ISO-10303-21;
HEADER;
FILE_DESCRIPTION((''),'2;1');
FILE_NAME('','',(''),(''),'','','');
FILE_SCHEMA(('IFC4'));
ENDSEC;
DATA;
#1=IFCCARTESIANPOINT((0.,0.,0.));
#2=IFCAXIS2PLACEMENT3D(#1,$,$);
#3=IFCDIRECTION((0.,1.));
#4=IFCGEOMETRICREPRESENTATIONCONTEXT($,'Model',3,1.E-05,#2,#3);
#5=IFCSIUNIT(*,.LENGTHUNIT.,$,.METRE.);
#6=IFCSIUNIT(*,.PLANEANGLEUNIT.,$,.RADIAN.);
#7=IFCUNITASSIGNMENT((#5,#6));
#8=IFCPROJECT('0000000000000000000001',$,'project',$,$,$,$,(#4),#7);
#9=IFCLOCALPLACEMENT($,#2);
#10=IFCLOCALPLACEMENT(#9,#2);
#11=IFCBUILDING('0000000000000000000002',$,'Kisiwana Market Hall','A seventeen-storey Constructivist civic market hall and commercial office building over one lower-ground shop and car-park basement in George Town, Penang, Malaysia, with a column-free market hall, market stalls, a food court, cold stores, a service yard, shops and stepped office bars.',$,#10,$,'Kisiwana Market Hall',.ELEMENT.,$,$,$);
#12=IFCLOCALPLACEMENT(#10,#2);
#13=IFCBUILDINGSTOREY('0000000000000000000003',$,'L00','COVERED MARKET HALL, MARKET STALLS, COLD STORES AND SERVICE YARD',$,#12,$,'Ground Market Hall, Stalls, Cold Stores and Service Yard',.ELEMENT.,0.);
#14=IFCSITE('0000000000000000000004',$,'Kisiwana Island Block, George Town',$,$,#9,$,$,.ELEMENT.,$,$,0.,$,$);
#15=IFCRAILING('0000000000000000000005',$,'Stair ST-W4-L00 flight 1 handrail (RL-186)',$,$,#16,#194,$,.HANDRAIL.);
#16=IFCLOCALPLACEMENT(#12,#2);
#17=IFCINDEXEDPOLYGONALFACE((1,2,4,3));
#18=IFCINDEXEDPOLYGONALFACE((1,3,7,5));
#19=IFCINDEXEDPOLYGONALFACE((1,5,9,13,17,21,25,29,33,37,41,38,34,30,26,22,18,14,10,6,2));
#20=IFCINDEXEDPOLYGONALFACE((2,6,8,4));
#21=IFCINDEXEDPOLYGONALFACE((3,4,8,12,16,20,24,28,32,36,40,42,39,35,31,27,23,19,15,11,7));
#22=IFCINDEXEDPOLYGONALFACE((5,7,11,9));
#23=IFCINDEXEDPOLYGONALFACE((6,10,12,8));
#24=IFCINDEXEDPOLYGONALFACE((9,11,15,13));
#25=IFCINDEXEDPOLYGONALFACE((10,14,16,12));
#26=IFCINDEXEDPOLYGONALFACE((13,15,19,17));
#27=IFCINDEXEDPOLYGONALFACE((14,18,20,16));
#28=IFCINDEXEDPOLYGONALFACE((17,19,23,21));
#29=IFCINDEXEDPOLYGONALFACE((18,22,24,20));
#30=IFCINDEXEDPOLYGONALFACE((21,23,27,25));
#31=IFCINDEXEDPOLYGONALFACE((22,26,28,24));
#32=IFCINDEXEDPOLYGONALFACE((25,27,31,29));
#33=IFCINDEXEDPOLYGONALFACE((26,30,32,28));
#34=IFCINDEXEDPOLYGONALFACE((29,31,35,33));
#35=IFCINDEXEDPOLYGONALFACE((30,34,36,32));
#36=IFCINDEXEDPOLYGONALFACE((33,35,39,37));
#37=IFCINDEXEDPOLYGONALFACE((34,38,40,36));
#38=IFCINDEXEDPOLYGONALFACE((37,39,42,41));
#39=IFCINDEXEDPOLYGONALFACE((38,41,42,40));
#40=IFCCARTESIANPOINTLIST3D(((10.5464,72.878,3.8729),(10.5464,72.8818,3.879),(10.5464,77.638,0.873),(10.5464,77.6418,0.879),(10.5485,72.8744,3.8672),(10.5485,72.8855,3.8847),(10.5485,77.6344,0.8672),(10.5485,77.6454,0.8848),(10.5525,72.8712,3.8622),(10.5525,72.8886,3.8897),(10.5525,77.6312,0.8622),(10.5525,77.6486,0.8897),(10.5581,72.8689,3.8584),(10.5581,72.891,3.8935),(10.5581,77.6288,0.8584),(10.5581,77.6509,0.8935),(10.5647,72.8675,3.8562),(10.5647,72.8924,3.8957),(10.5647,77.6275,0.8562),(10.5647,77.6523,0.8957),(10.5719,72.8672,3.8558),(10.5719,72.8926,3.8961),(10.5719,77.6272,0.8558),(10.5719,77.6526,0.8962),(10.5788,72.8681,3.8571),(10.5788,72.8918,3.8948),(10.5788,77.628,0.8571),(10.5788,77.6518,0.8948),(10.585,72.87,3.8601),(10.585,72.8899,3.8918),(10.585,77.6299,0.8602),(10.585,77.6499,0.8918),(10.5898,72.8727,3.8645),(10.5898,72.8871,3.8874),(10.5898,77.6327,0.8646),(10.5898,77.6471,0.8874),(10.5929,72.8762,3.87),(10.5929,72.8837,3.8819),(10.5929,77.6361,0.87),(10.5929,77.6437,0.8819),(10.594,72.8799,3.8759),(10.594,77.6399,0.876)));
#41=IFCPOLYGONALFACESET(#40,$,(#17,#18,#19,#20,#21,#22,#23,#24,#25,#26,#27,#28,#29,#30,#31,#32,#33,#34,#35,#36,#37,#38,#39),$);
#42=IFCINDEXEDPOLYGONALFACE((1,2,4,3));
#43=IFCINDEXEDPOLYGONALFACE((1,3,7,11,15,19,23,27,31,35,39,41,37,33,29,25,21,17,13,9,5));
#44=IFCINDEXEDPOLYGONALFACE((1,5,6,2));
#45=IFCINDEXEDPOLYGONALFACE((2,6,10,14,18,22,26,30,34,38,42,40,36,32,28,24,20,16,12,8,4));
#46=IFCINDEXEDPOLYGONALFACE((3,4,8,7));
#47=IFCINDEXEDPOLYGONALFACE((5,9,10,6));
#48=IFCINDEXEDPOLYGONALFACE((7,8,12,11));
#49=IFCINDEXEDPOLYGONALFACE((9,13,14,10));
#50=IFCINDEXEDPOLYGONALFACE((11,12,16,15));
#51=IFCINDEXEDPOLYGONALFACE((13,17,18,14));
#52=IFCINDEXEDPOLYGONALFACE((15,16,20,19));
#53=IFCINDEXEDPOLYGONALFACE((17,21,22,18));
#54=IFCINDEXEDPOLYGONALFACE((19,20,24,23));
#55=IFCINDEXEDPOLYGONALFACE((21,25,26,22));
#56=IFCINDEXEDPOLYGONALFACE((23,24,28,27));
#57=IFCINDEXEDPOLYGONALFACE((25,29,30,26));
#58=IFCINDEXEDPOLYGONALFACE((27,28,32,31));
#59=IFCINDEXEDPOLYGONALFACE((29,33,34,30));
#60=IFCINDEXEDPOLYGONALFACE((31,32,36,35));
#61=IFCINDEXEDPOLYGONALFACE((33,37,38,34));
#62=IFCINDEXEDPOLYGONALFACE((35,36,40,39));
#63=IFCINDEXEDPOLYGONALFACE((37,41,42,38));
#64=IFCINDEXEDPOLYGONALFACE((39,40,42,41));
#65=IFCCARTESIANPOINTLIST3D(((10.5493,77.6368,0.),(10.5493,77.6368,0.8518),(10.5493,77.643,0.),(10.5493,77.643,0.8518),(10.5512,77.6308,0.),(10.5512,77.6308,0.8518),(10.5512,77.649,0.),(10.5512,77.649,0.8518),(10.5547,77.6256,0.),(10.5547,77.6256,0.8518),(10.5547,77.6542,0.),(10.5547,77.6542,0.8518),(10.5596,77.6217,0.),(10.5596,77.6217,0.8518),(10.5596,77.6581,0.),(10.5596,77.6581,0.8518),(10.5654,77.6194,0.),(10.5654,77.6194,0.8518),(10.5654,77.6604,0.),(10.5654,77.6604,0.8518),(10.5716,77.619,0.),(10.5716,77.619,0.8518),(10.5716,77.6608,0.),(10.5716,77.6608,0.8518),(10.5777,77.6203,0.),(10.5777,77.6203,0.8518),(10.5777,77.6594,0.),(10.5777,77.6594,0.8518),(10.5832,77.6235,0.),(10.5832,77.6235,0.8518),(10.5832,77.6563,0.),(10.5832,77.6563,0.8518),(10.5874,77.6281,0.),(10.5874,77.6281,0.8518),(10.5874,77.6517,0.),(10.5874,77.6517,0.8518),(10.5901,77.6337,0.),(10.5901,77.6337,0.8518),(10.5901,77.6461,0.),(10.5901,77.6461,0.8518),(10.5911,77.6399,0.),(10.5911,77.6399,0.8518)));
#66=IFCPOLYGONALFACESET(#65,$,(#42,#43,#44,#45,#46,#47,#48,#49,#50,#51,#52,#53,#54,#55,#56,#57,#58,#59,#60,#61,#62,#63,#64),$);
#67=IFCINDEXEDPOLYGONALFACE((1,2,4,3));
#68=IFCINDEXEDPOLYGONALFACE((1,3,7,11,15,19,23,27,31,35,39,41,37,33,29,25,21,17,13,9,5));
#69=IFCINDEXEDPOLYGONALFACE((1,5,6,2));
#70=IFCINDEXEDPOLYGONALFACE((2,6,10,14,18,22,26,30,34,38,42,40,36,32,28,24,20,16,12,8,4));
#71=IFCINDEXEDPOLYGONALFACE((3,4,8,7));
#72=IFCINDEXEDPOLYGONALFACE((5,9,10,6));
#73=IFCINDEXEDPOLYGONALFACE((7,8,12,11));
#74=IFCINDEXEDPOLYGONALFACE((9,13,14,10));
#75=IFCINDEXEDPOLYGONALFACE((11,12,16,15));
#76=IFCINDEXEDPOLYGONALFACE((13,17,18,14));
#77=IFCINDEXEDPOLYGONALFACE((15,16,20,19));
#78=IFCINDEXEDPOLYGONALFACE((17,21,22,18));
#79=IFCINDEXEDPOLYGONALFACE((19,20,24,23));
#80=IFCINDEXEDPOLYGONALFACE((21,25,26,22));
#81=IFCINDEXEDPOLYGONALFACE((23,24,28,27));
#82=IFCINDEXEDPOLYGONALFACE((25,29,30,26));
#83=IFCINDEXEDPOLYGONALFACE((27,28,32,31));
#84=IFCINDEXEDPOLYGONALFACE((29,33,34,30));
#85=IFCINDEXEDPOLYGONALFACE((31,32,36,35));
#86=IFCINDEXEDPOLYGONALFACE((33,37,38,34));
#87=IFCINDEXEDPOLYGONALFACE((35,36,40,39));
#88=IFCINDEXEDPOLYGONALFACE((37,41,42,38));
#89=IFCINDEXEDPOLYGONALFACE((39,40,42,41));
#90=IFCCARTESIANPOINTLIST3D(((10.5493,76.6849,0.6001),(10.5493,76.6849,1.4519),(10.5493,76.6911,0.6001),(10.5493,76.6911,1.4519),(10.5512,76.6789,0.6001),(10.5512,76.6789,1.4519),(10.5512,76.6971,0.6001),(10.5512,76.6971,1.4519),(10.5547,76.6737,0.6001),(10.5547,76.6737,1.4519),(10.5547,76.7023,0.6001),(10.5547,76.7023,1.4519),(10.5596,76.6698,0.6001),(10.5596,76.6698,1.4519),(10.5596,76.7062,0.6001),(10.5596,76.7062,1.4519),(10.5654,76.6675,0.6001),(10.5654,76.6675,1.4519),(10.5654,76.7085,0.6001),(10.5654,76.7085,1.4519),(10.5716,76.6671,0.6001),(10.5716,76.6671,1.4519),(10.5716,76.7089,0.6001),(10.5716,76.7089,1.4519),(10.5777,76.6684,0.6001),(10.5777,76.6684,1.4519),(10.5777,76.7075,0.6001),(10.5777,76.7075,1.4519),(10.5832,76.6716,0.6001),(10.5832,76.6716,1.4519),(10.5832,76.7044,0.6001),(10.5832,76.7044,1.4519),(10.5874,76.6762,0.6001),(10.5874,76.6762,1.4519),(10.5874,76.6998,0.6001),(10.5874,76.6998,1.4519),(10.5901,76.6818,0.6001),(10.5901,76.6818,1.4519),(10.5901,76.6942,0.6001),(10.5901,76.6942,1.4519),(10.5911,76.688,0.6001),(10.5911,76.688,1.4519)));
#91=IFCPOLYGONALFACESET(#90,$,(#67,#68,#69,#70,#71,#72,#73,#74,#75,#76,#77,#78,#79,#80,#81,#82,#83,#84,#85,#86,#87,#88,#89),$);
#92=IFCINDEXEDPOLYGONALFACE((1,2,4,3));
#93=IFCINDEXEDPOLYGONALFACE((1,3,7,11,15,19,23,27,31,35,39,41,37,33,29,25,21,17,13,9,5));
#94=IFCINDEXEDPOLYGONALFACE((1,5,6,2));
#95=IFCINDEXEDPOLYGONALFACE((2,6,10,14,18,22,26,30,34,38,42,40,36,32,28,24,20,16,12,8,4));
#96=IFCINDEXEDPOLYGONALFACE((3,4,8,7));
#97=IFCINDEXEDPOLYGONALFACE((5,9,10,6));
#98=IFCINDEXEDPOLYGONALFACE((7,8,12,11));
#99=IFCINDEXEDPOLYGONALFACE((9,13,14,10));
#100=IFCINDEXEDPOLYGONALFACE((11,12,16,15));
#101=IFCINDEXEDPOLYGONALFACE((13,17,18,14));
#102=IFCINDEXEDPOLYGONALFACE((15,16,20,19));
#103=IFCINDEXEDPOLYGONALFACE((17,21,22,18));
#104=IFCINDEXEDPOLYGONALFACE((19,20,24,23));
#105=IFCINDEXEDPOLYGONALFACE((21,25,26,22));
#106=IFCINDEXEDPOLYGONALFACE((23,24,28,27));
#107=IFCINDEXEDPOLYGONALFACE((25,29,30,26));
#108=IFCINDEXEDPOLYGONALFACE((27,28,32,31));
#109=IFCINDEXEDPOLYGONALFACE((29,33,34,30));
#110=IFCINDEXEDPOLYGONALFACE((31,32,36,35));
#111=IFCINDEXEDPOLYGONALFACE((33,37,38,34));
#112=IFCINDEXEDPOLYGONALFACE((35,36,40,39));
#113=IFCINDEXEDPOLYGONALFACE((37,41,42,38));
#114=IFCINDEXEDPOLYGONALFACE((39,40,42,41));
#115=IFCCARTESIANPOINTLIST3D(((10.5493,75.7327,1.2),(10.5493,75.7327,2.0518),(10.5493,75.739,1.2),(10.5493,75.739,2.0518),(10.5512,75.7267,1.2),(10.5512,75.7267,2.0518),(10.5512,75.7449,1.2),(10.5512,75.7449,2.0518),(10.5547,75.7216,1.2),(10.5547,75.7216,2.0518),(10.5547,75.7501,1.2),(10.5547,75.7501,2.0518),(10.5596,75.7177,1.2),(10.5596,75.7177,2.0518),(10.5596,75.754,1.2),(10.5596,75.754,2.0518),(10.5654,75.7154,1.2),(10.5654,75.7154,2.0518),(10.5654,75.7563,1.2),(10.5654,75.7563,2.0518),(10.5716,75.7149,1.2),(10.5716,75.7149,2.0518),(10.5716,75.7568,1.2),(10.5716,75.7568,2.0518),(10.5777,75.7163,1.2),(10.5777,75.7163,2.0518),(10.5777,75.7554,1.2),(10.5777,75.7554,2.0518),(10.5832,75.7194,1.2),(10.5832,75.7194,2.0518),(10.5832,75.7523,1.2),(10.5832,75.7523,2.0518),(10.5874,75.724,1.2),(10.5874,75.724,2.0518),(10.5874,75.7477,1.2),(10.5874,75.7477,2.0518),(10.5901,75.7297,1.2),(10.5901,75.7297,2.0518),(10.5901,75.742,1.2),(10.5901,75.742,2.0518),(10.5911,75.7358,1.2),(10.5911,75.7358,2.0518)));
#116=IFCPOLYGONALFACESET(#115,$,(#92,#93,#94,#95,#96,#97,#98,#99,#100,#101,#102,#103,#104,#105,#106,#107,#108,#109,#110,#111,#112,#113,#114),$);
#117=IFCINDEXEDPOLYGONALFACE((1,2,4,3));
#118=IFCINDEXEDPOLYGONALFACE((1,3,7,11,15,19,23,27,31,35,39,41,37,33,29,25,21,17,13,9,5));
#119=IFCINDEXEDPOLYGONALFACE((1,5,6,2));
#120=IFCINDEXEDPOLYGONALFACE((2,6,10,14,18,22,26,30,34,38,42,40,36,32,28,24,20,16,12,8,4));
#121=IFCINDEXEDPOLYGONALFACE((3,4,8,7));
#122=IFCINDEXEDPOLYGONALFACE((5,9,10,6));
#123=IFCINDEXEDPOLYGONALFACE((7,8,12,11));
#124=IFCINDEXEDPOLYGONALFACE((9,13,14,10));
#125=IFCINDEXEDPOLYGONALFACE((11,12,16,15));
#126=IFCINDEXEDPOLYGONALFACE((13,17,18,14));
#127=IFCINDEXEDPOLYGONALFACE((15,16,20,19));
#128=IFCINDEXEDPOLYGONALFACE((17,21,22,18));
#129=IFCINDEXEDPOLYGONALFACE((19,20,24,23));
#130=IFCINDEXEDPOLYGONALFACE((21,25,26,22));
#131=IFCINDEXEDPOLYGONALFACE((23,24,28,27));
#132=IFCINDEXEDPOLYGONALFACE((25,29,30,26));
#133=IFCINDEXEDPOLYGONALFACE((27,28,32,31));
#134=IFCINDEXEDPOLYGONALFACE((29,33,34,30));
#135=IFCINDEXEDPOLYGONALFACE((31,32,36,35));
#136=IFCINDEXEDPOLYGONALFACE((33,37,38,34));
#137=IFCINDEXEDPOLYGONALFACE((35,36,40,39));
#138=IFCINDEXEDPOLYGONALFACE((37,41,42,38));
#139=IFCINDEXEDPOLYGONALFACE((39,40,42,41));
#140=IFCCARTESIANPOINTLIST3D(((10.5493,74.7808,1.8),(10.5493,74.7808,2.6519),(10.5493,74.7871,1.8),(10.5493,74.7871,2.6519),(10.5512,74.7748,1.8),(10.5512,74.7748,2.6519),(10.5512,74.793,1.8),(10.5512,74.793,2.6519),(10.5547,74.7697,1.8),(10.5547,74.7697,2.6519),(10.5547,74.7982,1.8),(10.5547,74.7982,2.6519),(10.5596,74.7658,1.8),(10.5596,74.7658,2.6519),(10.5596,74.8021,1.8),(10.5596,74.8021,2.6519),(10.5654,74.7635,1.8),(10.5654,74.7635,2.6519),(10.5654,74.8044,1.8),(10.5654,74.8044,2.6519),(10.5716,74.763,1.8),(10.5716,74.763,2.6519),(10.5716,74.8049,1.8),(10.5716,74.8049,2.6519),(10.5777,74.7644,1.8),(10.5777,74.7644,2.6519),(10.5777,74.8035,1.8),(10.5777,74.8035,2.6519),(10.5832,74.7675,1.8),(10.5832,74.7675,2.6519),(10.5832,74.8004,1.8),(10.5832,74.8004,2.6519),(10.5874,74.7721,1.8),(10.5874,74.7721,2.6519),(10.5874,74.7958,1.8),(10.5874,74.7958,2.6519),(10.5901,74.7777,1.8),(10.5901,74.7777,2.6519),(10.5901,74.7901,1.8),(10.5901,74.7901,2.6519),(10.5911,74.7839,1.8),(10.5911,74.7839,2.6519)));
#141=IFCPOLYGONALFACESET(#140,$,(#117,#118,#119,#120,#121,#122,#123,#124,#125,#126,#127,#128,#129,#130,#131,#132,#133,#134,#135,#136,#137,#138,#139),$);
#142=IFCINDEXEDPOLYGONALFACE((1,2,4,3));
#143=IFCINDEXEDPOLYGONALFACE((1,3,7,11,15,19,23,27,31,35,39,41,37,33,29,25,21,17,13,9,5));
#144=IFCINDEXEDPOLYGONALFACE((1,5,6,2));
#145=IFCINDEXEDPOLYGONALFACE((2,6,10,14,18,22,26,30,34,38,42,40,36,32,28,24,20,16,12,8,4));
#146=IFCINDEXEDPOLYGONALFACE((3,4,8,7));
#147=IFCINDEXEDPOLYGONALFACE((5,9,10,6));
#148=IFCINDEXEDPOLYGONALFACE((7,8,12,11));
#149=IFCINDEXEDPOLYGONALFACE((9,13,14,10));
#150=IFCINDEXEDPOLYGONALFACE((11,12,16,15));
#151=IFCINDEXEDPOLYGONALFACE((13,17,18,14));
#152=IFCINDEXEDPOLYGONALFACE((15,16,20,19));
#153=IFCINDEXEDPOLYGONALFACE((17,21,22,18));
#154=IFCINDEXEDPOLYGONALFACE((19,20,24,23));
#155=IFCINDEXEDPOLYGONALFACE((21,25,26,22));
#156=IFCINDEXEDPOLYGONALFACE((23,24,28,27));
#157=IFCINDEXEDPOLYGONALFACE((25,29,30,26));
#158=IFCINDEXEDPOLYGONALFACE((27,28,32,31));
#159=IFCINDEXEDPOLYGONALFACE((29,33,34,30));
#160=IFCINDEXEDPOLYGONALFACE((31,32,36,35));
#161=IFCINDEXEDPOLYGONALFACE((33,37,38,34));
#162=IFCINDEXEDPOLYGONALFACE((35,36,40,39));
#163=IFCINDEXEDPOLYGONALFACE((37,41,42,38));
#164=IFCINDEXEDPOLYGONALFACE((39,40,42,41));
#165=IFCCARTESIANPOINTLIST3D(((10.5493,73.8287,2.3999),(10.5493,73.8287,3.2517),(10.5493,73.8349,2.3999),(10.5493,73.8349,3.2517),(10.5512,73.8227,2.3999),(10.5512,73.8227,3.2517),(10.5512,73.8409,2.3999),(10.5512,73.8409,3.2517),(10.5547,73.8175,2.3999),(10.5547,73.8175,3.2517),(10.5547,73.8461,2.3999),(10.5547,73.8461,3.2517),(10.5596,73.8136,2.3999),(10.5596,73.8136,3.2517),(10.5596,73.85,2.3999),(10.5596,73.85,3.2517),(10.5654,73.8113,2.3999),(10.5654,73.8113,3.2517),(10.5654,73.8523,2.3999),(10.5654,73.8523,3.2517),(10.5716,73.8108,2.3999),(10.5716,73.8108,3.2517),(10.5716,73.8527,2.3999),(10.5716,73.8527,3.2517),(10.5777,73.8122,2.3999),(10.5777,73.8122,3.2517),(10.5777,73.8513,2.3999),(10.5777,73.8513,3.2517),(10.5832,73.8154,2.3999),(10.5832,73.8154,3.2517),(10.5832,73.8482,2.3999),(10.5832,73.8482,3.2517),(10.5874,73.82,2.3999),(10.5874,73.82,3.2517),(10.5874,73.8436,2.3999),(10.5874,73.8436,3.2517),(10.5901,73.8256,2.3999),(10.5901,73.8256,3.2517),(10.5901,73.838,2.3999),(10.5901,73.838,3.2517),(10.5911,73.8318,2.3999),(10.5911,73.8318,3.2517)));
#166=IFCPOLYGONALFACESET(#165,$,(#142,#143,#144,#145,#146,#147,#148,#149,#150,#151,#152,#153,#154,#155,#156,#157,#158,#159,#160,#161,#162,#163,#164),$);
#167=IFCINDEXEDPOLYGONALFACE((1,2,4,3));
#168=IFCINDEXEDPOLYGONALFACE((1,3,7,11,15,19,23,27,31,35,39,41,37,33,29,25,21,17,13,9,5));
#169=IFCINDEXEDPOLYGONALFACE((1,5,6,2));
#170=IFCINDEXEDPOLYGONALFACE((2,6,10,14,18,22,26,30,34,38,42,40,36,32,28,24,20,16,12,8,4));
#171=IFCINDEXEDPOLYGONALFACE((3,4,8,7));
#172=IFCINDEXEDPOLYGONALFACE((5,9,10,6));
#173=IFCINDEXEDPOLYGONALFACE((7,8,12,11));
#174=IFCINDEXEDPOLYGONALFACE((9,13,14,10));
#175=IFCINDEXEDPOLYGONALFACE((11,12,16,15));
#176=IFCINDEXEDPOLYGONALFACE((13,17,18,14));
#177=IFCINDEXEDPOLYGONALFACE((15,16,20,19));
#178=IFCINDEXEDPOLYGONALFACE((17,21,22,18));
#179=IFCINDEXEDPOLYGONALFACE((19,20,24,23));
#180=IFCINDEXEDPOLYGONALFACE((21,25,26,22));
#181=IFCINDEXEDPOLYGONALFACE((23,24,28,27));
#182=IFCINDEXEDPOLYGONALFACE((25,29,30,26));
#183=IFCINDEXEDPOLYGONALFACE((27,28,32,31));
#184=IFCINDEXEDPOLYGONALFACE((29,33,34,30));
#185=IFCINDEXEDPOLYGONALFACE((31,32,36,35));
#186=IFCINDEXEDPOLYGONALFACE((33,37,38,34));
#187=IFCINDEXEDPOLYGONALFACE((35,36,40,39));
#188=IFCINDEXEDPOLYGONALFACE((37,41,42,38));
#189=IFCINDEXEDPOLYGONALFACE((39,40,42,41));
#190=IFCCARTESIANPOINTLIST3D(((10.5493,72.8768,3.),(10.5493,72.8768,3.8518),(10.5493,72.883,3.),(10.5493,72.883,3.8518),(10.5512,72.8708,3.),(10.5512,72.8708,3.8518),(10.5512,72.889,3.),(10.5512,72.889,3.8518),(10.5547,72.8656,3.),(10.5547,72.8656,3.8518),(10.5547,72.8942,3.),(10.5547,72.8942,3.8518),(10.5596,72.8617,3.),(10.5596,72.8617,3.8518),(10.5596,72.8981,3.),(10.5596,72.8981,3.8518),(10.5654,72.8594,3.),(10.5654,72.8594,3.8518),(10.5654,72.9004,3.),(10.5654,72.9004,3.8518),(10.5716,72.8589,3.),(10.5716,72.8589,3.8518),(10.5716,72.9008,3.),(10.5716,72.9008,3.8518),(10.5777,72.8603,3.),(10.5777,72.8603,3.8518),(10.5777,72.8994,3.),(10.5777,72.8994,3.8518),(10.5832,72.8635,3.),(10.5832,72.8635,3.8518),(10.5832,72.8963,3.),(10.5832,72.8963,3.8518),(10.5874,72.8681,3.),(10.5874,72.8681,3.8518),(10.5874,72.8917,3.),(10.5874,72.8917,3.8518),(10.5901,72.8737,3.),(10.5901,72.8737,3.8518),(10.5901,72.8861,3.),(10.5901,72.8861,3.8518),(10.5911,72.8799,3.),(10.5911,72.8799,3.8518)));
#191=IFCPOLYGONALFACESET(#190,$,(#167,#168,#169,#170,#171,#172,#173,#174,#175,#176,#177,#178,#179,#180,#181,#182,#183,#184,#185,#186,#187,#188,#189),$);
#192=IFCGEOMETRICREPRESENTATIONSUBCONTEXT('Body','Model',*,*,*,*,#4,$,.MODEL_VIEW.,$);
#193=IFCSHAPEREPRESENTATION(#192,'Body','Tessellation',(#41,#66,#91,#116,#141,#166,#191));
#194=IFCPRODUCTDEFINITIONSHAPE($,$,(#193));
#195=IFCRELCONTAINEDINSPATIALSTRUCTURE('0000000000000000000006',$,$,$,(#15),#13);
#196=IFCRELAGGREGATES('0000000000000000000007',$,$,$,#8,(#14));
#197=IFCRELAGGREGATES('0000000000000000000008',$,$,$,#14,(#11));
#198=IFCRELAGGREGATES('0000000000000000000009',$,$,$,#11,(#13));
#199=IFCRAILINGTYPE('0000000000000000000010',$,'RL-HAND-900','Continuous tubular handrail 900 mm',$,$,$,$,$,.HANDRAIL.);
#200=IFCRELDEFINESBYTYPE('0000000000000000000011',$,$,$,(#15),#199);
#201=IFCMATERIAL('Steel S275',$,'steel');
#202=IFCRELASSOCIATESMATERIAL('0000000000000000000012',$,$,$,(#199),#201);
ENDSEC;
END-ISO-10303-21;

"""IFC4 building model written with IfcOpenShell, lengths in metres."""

from ifc_helpers import new_model, si_unit, direction, frame, origin, origin_2d, place, context, subcontext, project, spatial, circle, extrude, material, type_object, element, save


model = new_model("IFC4")

# Units and contexts
model_context = context("Model", 3, precision=1e-05, world=origin(), true_north=direction((0.0, 1.0)))
body_context = subcontext(model_context, "Body", "Model", "MODEL_VIEW")
ifc_project = project(units=[si_unit("LENGTHUNIT", "METRE"), si_unit("PLANEANGLEUNIT", "RADIAN")], contexts=[model_context])

# Site, building, storey
site_placement = place(None, origin())
site = spatial("IfcSite", under=ifc_project, at=site_placement, Name="Kisiwana Island Block, George Town", CompositionType="ELEMENT", RefElevation=0.0)
building_placement = place(site_placement, origin())
building = spatial("IfcBuilding", under=site, at=building_placement, Name="Kisiwana Market Hall", Description="A seventeen-storey Constructivist civic market hall and commercial office building over one lower-ground shop and car-park basement in George Town, Penang, Malaysia, with a column-free market hall, market stalls, a food court, cold stores, a service yard, shops and stepped office bars.", LongName="Kisiwana Market Hall", CompositionType="ELEMENT")
storey_placement = place(building_placement, origin())
storey = spatial("IfcBuildingStorey", under=building, at=storey_placement, Name="L00", Description="COVERED MARKET HALL, MARKET STALLS, COLD STORES AND SERVICE YARD", LongName="Ground Market Hall, Stalls, Cold Stores and Service Yard", CompositionType="ELEMENT", Elevation=0.0)

# Railing
ifc_material_1 = material(Name="Steel S275", Category="steel")
railing_type_1 = type_object("IfcRailingType", Name="RL-HAND-900", Description="Continuous tubular handrail 900 mm", PredefinedType="HANDRAIL", material=ifc_material_1)
for number, where, name in (
    (1, (10.5701, 77.6399, 0.0), "Stair ST-W4-L00 flight 1 handrail (RL-186)"),
):
    element("IfcRailing", number, at=place(storey_placement, frame(where)), inside=storey, type_object=railing_type_1, Name=name, PredefinedType="HANDRAIL", context=body_context, shape_type="SweptSolid", body=[
        extrude(circle(Radius=0.0239, at=origin_2d()), frame((0.0, 0.0, 0.876), z_axis=(0.0, -0.845996, 0.53319), x_axis=(1.0, 0.0, 0.0)), (0.0, 0.0, 1.0), 5.6265),
        extrude(circle(Radius=0.021, at=origin_2d()), origin(), (0.0, 0.0, 1.0), 0.8518),
        extrude(circle(Radius=0.021, at=origin_2d()), frame((0.0, -0.9519, 0.6001)), (0.0, 0.0, 1.0), 0.8518),
        extrude(circle(Radius=0.021, at=origin_2d()), frame((0.0, -1.9041, 1.2)), (0.0, 0.0, 1.0), 0.8518),
        extrude(circle(Radius=0.021, at=origin_2d()), frame((0.0, -2.856, 1.8)), (0.0, 0.0, 1.0), 0.8518),
        extrude(circle(Radius=0.021, at=origin_2d()), frame((0.0, -3.8081, 2.3999)), (0.0, 0.0, 1.0), 0.8518),
        extrude(circle(Radius=0.021, at=origin_2d()), frame((0.0, -4.76, 3.0)), (0.0, 0.0, 1.0), 0.8518),
    ])

save(model, "model.ifc")
